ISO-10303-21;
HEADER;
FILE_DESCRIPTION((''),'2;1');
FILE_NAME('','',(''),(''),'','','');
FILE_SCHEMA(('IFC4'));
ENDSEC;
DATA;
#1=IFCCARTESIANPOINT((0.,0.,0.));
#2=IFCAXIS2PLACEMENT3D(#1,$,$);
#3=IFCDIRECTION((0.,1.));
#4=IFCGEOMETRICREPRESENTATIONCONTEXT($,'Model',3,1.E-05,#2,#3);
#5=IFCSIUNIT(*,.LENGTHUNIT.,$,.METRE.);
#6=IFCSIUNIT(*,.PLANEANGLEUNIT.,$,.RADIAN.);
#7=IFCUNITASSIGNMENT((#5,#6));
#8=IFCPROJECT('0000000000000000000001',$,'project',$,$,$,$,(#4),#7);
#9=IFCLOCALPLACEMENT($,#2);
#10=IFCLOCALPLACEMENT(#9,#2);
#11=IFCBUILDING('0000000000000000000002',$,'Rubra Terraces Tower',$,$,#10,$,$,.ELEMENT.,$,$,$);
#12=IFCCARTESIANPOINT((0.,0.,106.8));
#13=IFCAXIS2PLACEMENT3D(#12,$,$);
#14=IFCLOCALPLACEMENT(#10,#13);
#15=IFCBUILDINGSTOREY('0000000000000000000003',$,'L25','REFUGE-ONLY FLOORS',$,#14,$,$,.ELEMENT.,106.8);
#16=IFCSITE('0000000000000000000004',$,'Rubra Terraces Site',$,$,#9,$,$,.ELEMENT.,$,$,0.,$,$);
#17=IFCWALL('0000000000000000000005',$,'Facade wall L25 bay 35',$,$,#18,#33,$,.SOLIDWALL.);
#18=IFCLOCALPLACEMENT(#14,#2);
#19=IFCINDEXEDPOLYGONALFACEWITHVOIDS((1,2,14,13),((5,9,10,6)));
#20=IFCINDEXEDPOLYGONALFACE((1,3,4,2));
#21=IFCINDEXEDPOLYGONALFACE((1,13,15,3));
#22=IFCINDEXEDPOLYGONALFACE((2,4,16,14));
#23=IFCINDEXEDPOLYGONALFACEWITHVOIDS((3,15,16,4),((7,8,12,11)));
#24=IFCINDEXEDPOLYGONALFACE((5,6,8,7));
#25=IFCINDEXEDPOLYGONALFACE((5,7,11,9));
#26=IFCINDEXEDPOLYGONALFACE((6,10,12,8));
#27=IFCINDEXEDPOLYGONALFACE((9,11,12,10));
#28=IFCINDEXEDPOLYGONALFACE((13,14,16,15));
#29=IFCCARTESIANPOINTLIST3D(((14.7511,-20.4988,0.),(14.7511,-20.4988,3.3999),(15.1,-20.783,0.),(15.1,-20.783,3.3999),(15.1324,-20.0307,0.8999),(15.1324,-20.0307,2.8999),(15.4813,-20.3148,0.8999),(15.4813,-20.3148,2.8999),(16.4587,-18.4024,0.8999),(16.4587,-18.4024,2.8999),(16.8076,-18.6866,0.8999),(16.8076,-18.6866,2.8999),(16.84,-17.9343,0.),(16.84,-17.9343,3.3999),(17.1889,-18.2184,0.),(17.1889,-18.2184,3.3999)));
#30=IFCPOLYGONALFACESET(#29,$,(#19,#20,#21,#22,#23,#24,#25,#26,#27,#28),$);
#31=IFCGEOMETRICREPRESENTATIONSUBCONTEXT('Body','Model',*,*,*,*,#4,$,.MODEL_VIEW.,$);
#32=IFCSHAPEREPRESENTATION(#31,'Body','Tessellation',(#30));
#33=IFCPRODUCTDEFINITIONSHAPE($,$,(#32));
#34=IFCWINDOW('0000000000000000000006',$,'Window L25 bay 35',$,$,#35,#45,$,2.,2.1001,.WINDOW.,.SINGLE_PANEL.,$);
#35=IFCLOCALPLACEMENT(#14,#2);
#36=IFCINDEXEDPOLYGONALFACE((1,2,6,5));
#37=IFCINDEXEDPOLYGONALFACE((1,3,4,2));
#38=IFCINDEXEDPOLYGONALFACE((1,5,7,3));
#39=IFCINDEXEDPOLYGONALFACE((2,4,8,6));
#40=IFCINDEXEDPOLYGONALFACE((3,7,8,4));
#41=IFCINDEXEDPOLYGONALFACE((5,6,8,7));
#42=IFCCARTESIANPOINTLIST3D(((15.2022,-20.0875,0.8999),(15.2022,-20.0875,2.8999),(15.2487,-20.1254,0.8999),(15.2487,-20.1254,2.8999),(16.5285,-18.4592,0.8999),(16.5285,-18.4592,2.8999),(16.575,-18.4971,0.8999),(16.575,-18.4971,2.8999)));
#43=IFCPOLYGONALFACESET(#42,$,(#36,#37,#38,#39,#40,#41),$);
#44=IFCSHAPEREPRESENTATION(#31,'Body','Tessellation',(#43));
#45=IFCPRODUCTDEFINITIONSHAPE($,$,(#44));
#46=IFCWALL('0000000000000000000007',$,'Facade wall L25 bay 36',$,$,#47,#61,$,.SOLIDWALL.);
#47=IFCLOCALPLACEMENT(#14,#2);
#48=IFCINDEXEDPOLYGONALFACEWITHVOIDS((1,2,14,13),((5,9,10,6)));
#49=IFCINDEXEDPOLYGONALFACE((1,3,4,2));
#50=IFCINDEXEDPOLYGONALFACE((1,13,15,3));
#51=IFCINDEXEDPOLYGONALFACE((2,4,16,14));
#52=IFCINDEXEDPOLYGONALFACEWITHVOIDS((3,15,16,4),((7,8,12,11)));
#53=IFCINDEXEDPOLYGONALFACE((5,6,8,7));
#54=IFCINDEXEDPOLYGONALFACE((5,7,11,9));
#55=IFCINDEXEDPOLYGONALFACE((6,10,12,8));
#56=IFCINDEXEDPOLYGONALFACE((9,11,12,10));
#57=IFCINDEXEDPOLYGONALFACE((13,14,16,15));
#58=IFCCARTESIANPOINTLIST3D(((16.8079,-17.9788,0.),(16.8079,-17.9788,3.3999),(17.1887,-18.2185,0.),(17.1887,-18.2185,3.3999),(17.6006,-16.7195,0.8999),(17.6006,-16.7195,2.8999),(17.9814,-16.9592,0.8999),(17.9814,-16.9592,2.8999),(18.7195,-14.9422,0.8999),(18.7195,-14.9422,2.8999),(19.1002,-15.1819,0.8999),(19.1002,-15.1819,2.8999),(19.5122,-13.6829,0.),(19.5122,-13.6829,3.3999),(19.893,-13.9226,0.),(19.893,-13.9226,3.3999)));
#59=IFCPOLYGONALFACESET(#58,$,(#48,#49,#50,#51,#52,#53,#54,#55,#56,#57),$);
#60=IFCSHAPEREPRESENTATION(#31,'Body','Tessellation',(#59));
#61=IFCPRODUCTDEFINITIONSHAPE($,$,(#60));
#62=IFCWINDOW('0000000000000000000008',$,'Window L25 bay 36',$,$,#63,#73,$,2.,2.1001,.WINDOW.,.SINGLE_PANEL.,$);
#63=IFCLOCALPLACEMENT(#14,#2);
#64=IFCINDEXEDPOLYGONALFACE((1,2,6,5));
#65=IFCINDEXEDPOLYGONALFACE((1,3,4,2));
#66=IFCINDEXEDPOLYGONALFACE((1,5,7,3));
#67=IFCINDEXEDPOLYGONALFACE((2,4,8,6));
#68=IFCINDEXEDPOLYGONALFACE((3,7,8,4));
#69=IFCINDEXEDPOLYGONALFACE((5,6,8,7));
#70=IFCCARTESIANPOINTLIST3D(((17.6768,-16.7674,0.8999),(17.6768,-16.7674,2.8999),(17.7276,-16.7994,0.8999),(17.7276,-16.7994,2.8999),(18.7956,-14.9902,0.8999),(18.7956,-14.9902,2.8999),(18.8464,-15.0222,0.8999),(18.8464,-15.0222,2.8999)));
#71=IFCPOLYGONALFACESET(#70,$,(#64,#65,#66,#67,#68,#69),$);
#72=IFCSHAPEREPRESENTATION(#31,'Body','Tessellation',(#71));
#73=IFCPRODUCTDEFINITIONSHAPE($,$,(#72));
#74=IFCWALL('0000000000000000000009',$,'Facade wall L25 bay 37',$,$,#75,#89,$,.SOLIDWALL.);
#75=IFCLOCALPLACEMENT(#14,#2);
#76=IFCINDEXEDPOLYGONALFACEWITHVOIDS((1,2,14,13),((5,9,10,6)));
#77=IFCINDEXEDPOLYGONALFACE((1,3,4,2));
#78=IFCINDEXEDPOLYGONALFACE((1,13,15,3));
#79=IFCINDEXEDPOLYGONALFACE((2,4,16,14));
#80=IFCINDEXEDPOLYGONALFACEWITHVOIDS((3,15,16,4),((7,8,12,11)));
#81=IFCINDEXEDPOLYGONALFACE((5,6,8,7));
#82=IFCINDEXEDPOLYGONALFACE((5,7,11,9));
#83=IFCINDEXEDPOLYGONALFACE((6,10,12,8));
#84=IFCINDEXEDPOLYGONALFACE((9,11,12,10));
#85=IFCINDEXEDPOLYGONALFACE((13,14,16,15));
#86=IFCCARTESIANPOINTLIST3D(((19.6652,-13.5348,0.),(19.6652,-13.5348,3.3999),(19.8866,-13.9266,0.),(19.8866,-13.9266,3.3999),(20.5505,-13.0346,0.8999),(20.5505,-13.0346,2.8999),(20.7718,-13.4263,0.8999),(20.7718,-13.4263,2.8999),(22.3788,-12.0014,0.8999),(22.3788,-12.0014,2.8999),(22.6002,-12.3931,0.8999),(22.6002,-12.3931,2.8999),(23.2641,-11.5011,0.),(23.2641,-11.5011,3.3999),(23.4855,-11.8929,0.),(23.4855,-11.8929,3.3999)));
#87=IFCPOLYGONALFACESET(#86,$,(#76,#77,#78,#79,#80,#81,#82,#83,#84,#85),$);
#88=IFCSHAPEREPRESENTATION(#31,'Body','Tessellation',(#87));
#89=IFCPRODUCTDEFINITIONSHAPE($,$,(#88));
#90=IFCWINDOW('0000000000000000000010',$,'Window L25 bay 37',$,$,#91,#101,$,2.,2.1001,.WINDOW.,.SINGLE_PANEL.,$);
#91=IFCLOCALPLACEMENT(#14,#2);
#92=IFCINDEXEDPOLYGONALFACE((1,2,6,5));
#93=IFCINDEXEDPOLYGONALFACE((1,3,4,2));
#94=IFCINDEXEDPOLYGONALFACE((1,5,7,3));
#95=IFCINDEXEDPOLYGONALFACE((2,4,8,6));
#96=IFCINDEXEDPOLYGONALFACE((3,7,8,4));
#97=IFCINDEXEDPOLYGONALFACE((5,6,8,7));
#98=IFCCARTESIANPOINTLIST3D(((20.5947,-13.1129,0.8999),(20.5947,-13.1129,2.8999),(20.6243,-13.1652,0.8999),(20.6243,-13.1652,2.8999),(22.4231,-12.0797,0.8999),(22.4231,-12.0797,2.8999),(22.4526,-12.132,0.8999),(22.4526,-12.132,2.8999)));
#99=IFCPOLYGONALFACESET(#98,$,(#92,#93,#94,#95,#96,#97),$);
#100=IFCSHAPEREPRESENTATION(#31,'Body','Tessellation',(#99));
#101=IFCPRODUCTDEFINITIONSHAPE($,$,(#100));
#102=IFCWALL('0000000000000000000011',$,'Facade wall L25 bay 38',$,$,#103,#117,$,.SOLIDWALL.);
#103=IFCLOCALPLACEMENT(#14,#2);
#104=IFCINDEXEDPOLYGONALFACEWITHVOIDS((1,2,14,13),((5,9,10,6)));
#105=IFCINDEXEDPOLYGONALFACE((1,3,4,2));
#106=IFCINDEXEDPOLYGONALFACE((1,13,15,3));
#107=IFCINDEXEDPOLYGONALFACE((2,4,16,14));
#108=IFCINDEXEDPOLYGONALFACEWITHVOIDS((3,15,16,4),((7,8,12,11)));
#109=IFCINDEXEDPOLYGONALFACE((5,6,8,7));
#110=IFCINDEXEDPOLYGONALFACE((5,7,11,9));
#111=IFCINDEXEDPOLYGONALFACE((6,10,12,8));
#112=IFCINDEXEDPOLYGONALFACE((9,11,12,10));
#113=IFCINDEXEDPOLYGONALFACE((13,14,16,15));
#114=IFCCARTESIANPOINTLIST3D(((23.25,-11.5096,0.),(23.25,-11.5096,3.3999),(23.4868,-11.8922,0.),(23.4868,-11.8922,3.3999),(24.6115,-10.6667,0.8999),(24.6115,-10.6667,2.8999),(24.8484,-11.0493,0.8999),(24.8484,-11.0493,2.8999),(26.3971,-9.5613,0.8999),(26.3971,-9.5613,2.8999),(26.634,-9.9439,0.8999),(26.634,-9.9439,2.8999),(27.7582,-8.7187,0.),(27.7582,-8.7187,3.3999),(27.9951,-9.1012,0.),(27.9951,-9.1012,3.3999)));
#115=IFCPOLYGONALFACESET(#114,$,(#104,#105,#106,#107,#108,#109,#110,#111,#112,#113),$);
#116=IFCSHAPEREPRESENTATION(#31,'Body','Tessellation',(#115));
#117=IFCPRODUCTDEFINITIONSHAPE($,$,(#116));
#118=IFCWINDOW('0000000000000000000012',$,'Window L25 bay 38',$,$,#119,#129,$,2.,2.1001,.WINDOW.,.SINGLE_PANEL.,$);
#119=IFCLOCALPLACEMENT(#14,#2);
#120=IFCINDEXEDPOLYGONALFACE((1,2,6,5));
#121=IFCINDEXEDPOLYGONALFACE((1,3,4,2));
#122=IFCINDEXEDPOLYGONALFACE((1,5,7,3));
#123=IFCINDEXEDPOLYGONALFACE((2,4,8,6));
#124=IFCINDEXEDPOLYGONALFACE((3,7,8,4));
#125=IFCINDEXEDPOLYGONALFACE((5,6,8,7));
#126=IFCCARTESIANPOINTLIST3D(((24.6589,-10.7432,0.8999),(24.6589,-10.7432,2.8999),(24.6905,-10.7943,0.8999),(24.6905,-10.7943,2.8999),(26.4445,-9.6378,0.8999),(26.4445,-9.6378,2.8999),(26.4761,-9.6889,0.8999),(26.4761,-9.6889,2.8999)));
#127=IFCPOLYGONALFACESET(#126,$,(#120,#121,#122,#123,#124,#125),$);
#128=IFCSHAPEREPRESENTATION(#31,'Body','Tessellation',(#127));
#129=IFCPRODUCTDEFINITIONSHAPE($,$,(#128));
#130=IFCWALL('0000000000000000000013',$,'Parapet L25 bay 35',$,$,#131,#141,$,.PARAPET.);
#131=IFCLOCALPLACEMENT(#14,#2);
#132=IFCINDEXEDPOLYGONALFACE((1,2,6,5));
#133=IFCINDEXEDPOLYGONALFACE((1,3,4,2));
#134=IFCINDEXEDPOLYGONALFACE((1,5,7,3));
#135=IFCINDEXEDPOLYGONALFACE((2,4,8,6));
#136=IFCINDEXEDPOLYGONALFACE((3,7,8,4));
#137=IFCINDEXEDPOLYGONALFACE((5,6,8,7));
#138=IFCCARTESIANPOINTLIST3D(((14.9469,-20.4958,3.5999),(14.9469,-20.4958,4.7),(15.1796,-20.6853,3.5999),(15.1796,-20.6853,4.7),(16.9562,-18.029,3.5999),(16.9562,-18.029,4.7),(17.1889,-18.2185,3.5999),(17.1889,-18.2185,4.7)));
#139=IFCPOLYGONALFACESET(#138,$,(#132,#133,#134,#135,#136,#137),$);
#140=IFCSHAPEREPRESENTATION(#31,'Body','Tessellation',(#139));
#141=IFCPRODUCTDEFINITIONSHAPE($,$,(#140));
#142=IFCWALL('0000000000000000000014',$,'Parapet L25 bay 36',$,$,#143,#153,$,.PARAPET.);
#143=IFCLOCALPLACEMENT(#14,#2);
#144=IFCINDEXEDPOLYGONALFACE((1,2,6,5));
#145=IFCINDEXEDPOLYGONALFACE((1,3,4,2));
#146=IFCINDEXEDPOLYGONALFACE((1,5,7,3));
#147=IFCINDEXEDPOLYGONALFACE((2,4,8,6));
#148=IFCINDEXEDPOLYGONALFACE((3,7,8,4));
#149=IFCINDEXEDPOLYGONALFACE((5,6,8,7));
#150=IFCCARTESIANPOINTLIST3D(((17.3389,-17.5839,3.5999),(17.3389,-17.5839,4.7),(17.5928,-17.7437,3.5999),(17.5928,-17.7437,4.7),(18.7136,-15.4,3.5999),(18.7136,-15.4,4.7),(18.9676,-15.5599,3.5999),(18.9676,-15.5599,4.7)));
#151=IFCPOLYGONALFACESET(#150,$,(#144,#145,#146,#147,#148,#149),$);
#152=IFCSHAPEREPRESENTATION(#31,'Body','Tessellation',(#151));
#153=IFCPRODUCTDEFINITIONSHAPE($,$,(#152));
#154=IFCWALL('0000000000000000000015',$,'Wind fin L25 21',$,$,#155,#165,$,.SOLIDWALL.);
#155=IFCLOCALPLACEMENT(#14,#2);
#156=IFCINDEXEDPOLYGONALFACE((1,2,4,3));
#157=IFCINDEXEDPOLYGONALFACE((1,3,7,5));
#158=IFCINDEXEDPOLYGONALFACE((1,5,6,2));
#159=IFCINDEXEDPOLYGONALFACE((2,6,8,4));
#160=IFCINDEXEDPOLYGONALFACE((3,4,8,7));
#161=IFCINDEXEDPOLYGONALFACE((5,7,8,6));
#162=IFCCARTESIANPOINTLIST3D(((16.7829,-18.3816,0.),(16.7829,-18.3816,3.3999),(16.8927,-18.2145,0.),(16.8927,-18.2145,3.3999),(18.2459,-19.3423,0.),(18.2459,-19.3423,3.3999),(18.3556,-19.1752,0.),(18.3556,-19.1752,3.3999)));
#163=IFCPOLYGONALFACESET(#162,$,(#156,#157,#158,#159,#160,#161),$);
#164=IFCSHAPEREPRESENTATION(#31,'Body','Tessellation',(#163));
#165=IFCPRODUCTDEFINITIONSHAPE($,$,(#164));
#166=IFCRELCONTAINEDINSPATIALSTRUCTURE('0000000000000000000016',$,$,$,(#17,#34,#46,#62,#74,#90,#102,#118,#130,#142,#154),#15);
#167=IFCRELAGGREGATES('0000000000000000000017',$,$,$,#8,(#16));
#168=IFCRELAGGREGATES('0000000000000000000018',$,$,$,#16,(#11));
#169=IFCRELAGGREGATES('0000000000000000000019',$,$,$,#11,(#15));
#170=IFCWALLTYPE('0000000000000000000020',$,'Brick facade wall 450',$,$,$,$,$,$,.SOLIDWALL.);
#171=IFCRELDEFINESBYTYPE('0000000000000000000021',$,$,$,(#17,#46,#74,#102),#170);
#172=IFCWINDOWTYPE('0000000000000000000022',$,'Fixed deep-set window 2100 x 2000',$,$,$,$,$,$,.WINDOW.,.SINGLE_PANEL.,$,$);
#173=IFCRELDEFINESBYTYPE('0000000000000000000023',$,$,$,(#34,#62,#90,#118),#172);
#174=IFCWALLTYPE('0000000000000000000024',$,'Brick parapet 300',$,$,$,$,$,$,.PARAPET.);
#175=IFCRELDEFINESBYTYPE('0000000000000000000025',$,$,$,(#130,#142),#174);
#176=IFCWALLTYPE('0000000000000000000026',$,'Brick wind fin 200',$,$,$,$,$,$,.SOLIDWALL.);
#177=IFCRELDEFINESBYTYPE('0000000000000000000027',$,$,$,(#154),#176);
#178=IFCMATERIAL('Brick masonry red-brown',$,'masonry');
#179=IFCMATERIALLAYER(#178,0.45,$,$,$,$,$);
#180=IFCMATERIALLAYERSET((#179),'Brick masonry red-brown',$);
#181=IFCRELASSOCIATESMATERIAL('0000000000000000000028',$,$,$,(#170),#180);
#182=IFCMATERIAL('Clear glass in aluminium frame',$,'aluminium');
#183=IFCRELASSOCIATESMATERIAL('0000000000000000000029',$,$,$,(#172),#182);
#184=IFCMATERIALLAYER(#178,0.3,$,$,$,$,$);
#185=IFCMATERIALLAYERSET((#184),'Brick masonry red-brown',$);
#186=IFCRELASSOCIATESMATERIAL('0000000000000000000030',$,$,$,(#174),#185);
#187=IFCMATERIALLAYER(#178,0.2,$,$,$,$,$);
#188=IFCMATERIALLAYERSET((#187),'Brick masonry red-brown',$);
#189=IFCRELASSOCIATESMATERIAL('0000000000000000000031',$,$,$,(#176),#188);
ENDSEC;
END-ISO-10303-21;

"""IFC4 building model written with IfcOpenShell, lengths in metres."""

from ifc_helpers import new_model, si_unit, direction, frame, frame_2d, origin, place, context, subcontext, project, spatial, rectangle, extrude, material, layer, layer_set, type_object, element, fill, save


model = new_model("IFC4")

# Units and contexts
model_context = context("Model", 3, precision=1e-05, world=origin(), true_north=direction((0.0, 1.0)))
body_context = subcontext(model_context, "Body", "Model", "MODEL_VIEW")
ifc_project = project(units=[si_unit("LENGTHUNIT", "METRE"), si_unit("PLANEANGLEUNIT", "RADIAN")], contexts=[model_context])

# Site, building, storey
site_placement = place(None, origin())
site = spatial("IfcSite", under=ifc_project, at=site_placement, Name="Rubra Terraces Site", CompositionType="ELEMENT", RefElevation=0.0)
building_placement = place(site_placement, origin())
building = spatial("IfcBuilding", under=site, at=building_placement, Name="Rubra Terraces Tower", CompositionType="ELEMENT")
storey_placement = place(building_placement, frame((0.0, 0.0, 106.8)))
storey = spatial("IfcBuildingStorey", under=building, at=storey_placement, Name="L25", Description="REFUGE-ONLY FLOORS", CompositionType="ELEMENT", Elevation=106.8)

# Walls, openings, windows
ifc_material_1 = material(Name="Brick masonry red-brown", Category="masonry")
ifc_layer_1 = layer(ifc_material_1, 0.45)
ifc_layer_set_1 = layer_set([ifc_layer_1], Name="Brick masonry red-brown")
wall_type_1 = type_object("IfcWallType", Name="Brick facade wall 450", PredefinedType="SOLIDWALL", material=ifc_layer_set_1)
wall_1_placement = place(storey_placement, frame((14.9255, -20.6409, 0.0), z_axis=(0.0, 0.0, 1.0), x_axis=(0.631548, 0.775337, 0.0)))
wall_1 = element("IfcWall", 1, at=wall_1_placement, inside=storey, type_object=wall_type_1, Name="Facade wall L25 bay 35", PredefinedType="SOLIDWALL", context=body_context, shape_type="SweptSolid", body=[
    extrude(rectangle(XDim=3.3076, YDim=0.45, at=frame_2d((1.6538, 0.0))), origin(), (0.0, 0.0, 1.0), 3.3999),
])
opening_1_placement = place(wall_1_placement, frame((0.6038, 0.0, 0.8999)))
opening_1 = element("IfcOpeningElement", 2, at=opening_1_placement, cuts=wall_1, PredefinedType="OPENING", context=body_context, shape_type="SweptSolid", body=[
    extrude(rectangle(XDim=2.1001, YDim=2.0, at=frame_2d((1.05, 1.0))), frame((0.0, 0.2349, 0.0), z_axis=(0.0, -1.0, 0.0), x_axis=(1.0, 0.0, 0.0)), (0.0, 0.0, 1.0), 0.47),
])
ifc_material_2 = material(Name="Clear glass in aluminium frame", Category="aluminium")
window_type = type_object("IfcWindowType", Name="Fixed deep-set window 2100 x 2000", PartitioningType="SINGLE_PANEL", PredefinedType="WINDOW", material=ifc_material_2)
window_1_placement = place(opening_1_placement, origin())
window_1 = element("IfcWindow", 3, at=window_1_placement, inside=storey, type_object=window_type, Name="Window L25 bay 35", OverallHeight=2.0, OverallWidth=2.1001, PartitioningType="SINGLE_PANEL", PredefinedType="WINDOW", context=body_context, shape_type="SweptSolid", body=[
    extrude(rectangle(XDim=2.1001, YDim=2.0, at=frame_2d((1.05, 1.0))), frame((0.0, 0.135, 0.0), z_axis=(0.0, -1.0, 0.0), x_axis=(1.0, 0.0, 0.0)), (0.0, 0.0, 1.0), 0.0601),
])
fill(opening_1, window_1)
wall_2_placement = place(storey_placement, frame((16.9983, -18.0986, 0.0), z_axis=(0.0, 0.0, 1.0), x_axis=(0.532746, 0.846275, 0.0)))
wall_2 = element("IfcWall", 4, at=wall_2_placement, inside=storey, type_object=wall_type_1, Name="Facade wall L25 bay 36", PredefinedType="SOLIDWALL", context=body_context, shape_type="SweptSolid", body=[
    extrude(rectangle(XDim=5.0762, YDim=0.45, at=frame_2d((2.5381, 0.0))), origin(), (0.0, 0.0, 1.0), 3.3999),
])
opening_2_placement = place(wall_2_placement, frame((1.488, 0.0, 0.8999)))
opening_2 = element("IfcOpeningElement", 5, at=opening_2_placement, cuts=wall_2, PredefinedType="OPENING", context=body_context, shape_type="SweptSolid", body=[
    extrude(rectangle(XDim=2.1001, YDim=2.0, at=frame_2d((1.05, 1.0))), frame((0.0, 0.2349, 0.0), z_axis=(0.0, -1.0, 0.0), x_axis=(1.0, 0.0, 0.0)), (0.0, 0.0, 1.0), 0.47),
])
window_2_placement = place(opening_2_placement, origin())
window_2 = element("IfcWindow", 6, at=window_2_placement, inside=storey, type_object=window_type, Name="Window L25 bay 36", OverallHeight=2.0, OverallWidth=2.1001, PartitioningType="SINGLE_PANEL", PredefinedType="WINDOW", context=body_context, shape_type="SweptSolid", body=[
    extrude(rectangle(XDim=2.1001, YDim=2.0, at=frame_2d((1.05, 1.0))), frame((0.0, 0.135, 0.0), z_axis=(0.0, -1.0, 0.0), x_axis=(1.0, 0.0, 0.0)), (0.0, 0.0, 1.0), 0.0601),
])
fill(opening_2, window_2)
wall_3_placement = place(storey_placement, frame((19.7759, -13.7307, 0.0), z_axis=(0.0, 0.0, 1.0), x_axis=(0.87061, 0.491974, 0.0)))
wall_3 = element("IfcWall", 7, at=wall_3_placement, inside=storey, type_object=wall_type_1, Name="Facade wall L25 bay 37", PredefinedType="SOLIDWALL", context=body_context, shape_type="SweptSolid", body=[
    extrude(rectangle(XDim=4.1338, YDim=0.45, at=frame_2d((2.0669, 0.0))), origin(), (0.0, 0.0, 1.0), 3.3999),
])
opening_3_placement = place(wall_3_placement, frame((1.0168, 0.0, 0.8999)))
opening_3 = element("IfcOpeningElement", 8, at=opening_3_placement, cuts=wall_3, PredefinedType="OPENING", context=body_context, shape_type="SweptSolid", body=[
    extrude(rectangle(XDim=2.1001, YDim=2.0, at=frame_2d((1.05, 1.0))), frame((0.0, 0.2349, 0.0), z_axis=(0.0, -1.0, 0.0), x_axis=(1.0, 0.0, 0.0)), (0.0, 0.0, 1.0), 0.47),
])
window_3_placement = place(opening_3_placement, origin())
window_3 = element("IfcWindow", 9, at=window_3_placement, inside=storey, type_object=window_type, Name="Window L25 bay 37", OverallHeight=2.0, OverallWidth=2.1001, PartitioningType="SINGLE_PANEL", PredefinedType="WINDOW", context=body_context, shape_type="SweptSolid", body=[
    extrude(rectangle(XDim=2.1001, YDim=2.0, at=frame_2d((1.05, 1.0))), frame((0.0, 0.135, 0.0), z_axis=(0.0, -1.0, 0.0), x_axis=(1.0, 0.0, 0.0)), (0.0, 0.0, 1.0), 0.0601),
])
fill(opening_3, window_3)
wall_4_placement = place(storey_placement, frame((23.3684, -11.7009, 0.0), z_axis=(0.0, 0.0, 1.0), x_axis=(0.850251, 0.526377, 0.0)))
wall_4 = element("IfcWall", 10, at=wall_4_placement, inside=storey, type_object=wall_type_1, Name="Facade wall L25 bay 38", PredefinedType="SOLIDWALL", context=body_context, shape_type="SweptSolid", body=[
    extrude(rectangle(XDim=5.3022, YDim=0.45, at=frame_2d((2.6511, 0.0))), origin(), (0.0, 0.0, 1.0), 3.3999),
])
opening_4_placement = place(wall_4_placement, frame((1.6013, 0.0, 0.8999)))
opening_4 = element("IfcOpeningElement", 11, at=opening_4_placement, cuts=wall_4, PredefinedType="OPENING", context=body_context, shape_type="SweptSolid", body=[
    extrude(rectangle(XDim=2.1001, YDim=2.0, at=frame_2d((1.05, 1.0))), frame((0.0, 0.2349, 0.0), z_axis=(0.0, -1.0, 0.0), x_axis=(1.0, 0.0, 0.0)), (0.0, 0.0, 1.0), 0.47),
])
window_4_placement = place(opening_4_placement, origin())
window_4 = element("IfcWindow", 12, at=window_4_placement, inside=storey, type_object=window_type, Name="Window L25 bay 38", OverallHeight=2.0, OverallWidth=2.1001, PartitioningType="SINGLE_PANEL", PredefinedType="WINDOW", context=body_context, shape_type="SweptSolid", body=[
    extrude(rectangle(XDim=2.1001, YDim=2.0, at=frame_2d((1.05, 1.0))), frame((0.0, 0.135, 0.0), z_axis=(0.0, -1.0, 0.0), x_axis=(1.0, 0.0, 0.0)), (0.0, 0.0, 1.0), 0.0601),
])
fill(opening_4, window_4)

# Walls
ifc_layer_2 = layer(ifc_material_1, 0.3)
ifc_layer_set_2 = layer_set([ifc_layer_2], Name="Brick masonry red-brown")
wall_type_2 = type_object("IfcWallType", Name="Brick parapet 300", PredefinedType="PARAPET", material=ifc_layer_set_2)
wall_5_placement = place(storey_placement, frame((15.0632, -20.5906, 3.5999), z_axis=(0.0, 0.0, 1.0), x_axis=(0.63154, 0.775344, 0.0)))
element("IfcWall", 13, at=wall_5_placement, inside=storey, type_object=wall_type_2, Name="Parapet L25 bay 35", PredefinedType="PARAPET", context=body_context, shape_type="SweptSolid", body=[
    extrude(rectangle(XDim=3.1816, YDim=0.3, at=frame_2d((1.5908, 0.0))), origin(), (0.0, 0.0, 1.0), 1.1001),
])
wall_6_placement = place(storey_placement, frame((17.4658, -17.6638, 3.5999), z_axis=(0.0, 0.0, 1.0), x_axis=(0.532743, 0.846277, 0.0)))
element("IfcWall", 14, at=wall_6_placement, inside=storey, type_object=wall_type_2, Name="Parapet L25 bay 36", PredefinedType="PARAPET", context=body_context, shape_type="SweptSolid", body=[
    extrude(rectangle(XDim=2.5806, YDim=0.3, at=frame_2d((1.2903, 0.0))), origin(), (0.0, 0.0, 1.0), 1.1001),
])
ifc_layer_3 = layer(ifc_material_1, 0.2)
ifc_layer_set_3 = layer_set([ifc_layer_3], Name="Brick masonry red-brown")
wall_type_3 = type_object("IfcWallType", Name="Brick wind fin 200", PredefinedType="SOLIDWALL", material=ifc_layer_set_3)
wall_7_placement = place(storey_placement, frame((16.8379, -18.2981, 0.0), z_axis=(0.0, 0.0, 1.0), x_axis=(0.835872, -0.548925, 0.0)))
element("IfcWall", 15, at=wall_7_placement, inside=storey, type_object=wall_type_3, Name="Wind fin L25 21", PredefinedType="SOLIDWALL", context=body_context, shape_type="SweptSolid", body=[
    extrude(rectangle(XDim=1.7502, YDim=0.2, at=frame_2d((0.875, 0.0))), origin(), (0.0, 0.0, 1.0), 3.3999),
])

save(model, "model.ifc")
